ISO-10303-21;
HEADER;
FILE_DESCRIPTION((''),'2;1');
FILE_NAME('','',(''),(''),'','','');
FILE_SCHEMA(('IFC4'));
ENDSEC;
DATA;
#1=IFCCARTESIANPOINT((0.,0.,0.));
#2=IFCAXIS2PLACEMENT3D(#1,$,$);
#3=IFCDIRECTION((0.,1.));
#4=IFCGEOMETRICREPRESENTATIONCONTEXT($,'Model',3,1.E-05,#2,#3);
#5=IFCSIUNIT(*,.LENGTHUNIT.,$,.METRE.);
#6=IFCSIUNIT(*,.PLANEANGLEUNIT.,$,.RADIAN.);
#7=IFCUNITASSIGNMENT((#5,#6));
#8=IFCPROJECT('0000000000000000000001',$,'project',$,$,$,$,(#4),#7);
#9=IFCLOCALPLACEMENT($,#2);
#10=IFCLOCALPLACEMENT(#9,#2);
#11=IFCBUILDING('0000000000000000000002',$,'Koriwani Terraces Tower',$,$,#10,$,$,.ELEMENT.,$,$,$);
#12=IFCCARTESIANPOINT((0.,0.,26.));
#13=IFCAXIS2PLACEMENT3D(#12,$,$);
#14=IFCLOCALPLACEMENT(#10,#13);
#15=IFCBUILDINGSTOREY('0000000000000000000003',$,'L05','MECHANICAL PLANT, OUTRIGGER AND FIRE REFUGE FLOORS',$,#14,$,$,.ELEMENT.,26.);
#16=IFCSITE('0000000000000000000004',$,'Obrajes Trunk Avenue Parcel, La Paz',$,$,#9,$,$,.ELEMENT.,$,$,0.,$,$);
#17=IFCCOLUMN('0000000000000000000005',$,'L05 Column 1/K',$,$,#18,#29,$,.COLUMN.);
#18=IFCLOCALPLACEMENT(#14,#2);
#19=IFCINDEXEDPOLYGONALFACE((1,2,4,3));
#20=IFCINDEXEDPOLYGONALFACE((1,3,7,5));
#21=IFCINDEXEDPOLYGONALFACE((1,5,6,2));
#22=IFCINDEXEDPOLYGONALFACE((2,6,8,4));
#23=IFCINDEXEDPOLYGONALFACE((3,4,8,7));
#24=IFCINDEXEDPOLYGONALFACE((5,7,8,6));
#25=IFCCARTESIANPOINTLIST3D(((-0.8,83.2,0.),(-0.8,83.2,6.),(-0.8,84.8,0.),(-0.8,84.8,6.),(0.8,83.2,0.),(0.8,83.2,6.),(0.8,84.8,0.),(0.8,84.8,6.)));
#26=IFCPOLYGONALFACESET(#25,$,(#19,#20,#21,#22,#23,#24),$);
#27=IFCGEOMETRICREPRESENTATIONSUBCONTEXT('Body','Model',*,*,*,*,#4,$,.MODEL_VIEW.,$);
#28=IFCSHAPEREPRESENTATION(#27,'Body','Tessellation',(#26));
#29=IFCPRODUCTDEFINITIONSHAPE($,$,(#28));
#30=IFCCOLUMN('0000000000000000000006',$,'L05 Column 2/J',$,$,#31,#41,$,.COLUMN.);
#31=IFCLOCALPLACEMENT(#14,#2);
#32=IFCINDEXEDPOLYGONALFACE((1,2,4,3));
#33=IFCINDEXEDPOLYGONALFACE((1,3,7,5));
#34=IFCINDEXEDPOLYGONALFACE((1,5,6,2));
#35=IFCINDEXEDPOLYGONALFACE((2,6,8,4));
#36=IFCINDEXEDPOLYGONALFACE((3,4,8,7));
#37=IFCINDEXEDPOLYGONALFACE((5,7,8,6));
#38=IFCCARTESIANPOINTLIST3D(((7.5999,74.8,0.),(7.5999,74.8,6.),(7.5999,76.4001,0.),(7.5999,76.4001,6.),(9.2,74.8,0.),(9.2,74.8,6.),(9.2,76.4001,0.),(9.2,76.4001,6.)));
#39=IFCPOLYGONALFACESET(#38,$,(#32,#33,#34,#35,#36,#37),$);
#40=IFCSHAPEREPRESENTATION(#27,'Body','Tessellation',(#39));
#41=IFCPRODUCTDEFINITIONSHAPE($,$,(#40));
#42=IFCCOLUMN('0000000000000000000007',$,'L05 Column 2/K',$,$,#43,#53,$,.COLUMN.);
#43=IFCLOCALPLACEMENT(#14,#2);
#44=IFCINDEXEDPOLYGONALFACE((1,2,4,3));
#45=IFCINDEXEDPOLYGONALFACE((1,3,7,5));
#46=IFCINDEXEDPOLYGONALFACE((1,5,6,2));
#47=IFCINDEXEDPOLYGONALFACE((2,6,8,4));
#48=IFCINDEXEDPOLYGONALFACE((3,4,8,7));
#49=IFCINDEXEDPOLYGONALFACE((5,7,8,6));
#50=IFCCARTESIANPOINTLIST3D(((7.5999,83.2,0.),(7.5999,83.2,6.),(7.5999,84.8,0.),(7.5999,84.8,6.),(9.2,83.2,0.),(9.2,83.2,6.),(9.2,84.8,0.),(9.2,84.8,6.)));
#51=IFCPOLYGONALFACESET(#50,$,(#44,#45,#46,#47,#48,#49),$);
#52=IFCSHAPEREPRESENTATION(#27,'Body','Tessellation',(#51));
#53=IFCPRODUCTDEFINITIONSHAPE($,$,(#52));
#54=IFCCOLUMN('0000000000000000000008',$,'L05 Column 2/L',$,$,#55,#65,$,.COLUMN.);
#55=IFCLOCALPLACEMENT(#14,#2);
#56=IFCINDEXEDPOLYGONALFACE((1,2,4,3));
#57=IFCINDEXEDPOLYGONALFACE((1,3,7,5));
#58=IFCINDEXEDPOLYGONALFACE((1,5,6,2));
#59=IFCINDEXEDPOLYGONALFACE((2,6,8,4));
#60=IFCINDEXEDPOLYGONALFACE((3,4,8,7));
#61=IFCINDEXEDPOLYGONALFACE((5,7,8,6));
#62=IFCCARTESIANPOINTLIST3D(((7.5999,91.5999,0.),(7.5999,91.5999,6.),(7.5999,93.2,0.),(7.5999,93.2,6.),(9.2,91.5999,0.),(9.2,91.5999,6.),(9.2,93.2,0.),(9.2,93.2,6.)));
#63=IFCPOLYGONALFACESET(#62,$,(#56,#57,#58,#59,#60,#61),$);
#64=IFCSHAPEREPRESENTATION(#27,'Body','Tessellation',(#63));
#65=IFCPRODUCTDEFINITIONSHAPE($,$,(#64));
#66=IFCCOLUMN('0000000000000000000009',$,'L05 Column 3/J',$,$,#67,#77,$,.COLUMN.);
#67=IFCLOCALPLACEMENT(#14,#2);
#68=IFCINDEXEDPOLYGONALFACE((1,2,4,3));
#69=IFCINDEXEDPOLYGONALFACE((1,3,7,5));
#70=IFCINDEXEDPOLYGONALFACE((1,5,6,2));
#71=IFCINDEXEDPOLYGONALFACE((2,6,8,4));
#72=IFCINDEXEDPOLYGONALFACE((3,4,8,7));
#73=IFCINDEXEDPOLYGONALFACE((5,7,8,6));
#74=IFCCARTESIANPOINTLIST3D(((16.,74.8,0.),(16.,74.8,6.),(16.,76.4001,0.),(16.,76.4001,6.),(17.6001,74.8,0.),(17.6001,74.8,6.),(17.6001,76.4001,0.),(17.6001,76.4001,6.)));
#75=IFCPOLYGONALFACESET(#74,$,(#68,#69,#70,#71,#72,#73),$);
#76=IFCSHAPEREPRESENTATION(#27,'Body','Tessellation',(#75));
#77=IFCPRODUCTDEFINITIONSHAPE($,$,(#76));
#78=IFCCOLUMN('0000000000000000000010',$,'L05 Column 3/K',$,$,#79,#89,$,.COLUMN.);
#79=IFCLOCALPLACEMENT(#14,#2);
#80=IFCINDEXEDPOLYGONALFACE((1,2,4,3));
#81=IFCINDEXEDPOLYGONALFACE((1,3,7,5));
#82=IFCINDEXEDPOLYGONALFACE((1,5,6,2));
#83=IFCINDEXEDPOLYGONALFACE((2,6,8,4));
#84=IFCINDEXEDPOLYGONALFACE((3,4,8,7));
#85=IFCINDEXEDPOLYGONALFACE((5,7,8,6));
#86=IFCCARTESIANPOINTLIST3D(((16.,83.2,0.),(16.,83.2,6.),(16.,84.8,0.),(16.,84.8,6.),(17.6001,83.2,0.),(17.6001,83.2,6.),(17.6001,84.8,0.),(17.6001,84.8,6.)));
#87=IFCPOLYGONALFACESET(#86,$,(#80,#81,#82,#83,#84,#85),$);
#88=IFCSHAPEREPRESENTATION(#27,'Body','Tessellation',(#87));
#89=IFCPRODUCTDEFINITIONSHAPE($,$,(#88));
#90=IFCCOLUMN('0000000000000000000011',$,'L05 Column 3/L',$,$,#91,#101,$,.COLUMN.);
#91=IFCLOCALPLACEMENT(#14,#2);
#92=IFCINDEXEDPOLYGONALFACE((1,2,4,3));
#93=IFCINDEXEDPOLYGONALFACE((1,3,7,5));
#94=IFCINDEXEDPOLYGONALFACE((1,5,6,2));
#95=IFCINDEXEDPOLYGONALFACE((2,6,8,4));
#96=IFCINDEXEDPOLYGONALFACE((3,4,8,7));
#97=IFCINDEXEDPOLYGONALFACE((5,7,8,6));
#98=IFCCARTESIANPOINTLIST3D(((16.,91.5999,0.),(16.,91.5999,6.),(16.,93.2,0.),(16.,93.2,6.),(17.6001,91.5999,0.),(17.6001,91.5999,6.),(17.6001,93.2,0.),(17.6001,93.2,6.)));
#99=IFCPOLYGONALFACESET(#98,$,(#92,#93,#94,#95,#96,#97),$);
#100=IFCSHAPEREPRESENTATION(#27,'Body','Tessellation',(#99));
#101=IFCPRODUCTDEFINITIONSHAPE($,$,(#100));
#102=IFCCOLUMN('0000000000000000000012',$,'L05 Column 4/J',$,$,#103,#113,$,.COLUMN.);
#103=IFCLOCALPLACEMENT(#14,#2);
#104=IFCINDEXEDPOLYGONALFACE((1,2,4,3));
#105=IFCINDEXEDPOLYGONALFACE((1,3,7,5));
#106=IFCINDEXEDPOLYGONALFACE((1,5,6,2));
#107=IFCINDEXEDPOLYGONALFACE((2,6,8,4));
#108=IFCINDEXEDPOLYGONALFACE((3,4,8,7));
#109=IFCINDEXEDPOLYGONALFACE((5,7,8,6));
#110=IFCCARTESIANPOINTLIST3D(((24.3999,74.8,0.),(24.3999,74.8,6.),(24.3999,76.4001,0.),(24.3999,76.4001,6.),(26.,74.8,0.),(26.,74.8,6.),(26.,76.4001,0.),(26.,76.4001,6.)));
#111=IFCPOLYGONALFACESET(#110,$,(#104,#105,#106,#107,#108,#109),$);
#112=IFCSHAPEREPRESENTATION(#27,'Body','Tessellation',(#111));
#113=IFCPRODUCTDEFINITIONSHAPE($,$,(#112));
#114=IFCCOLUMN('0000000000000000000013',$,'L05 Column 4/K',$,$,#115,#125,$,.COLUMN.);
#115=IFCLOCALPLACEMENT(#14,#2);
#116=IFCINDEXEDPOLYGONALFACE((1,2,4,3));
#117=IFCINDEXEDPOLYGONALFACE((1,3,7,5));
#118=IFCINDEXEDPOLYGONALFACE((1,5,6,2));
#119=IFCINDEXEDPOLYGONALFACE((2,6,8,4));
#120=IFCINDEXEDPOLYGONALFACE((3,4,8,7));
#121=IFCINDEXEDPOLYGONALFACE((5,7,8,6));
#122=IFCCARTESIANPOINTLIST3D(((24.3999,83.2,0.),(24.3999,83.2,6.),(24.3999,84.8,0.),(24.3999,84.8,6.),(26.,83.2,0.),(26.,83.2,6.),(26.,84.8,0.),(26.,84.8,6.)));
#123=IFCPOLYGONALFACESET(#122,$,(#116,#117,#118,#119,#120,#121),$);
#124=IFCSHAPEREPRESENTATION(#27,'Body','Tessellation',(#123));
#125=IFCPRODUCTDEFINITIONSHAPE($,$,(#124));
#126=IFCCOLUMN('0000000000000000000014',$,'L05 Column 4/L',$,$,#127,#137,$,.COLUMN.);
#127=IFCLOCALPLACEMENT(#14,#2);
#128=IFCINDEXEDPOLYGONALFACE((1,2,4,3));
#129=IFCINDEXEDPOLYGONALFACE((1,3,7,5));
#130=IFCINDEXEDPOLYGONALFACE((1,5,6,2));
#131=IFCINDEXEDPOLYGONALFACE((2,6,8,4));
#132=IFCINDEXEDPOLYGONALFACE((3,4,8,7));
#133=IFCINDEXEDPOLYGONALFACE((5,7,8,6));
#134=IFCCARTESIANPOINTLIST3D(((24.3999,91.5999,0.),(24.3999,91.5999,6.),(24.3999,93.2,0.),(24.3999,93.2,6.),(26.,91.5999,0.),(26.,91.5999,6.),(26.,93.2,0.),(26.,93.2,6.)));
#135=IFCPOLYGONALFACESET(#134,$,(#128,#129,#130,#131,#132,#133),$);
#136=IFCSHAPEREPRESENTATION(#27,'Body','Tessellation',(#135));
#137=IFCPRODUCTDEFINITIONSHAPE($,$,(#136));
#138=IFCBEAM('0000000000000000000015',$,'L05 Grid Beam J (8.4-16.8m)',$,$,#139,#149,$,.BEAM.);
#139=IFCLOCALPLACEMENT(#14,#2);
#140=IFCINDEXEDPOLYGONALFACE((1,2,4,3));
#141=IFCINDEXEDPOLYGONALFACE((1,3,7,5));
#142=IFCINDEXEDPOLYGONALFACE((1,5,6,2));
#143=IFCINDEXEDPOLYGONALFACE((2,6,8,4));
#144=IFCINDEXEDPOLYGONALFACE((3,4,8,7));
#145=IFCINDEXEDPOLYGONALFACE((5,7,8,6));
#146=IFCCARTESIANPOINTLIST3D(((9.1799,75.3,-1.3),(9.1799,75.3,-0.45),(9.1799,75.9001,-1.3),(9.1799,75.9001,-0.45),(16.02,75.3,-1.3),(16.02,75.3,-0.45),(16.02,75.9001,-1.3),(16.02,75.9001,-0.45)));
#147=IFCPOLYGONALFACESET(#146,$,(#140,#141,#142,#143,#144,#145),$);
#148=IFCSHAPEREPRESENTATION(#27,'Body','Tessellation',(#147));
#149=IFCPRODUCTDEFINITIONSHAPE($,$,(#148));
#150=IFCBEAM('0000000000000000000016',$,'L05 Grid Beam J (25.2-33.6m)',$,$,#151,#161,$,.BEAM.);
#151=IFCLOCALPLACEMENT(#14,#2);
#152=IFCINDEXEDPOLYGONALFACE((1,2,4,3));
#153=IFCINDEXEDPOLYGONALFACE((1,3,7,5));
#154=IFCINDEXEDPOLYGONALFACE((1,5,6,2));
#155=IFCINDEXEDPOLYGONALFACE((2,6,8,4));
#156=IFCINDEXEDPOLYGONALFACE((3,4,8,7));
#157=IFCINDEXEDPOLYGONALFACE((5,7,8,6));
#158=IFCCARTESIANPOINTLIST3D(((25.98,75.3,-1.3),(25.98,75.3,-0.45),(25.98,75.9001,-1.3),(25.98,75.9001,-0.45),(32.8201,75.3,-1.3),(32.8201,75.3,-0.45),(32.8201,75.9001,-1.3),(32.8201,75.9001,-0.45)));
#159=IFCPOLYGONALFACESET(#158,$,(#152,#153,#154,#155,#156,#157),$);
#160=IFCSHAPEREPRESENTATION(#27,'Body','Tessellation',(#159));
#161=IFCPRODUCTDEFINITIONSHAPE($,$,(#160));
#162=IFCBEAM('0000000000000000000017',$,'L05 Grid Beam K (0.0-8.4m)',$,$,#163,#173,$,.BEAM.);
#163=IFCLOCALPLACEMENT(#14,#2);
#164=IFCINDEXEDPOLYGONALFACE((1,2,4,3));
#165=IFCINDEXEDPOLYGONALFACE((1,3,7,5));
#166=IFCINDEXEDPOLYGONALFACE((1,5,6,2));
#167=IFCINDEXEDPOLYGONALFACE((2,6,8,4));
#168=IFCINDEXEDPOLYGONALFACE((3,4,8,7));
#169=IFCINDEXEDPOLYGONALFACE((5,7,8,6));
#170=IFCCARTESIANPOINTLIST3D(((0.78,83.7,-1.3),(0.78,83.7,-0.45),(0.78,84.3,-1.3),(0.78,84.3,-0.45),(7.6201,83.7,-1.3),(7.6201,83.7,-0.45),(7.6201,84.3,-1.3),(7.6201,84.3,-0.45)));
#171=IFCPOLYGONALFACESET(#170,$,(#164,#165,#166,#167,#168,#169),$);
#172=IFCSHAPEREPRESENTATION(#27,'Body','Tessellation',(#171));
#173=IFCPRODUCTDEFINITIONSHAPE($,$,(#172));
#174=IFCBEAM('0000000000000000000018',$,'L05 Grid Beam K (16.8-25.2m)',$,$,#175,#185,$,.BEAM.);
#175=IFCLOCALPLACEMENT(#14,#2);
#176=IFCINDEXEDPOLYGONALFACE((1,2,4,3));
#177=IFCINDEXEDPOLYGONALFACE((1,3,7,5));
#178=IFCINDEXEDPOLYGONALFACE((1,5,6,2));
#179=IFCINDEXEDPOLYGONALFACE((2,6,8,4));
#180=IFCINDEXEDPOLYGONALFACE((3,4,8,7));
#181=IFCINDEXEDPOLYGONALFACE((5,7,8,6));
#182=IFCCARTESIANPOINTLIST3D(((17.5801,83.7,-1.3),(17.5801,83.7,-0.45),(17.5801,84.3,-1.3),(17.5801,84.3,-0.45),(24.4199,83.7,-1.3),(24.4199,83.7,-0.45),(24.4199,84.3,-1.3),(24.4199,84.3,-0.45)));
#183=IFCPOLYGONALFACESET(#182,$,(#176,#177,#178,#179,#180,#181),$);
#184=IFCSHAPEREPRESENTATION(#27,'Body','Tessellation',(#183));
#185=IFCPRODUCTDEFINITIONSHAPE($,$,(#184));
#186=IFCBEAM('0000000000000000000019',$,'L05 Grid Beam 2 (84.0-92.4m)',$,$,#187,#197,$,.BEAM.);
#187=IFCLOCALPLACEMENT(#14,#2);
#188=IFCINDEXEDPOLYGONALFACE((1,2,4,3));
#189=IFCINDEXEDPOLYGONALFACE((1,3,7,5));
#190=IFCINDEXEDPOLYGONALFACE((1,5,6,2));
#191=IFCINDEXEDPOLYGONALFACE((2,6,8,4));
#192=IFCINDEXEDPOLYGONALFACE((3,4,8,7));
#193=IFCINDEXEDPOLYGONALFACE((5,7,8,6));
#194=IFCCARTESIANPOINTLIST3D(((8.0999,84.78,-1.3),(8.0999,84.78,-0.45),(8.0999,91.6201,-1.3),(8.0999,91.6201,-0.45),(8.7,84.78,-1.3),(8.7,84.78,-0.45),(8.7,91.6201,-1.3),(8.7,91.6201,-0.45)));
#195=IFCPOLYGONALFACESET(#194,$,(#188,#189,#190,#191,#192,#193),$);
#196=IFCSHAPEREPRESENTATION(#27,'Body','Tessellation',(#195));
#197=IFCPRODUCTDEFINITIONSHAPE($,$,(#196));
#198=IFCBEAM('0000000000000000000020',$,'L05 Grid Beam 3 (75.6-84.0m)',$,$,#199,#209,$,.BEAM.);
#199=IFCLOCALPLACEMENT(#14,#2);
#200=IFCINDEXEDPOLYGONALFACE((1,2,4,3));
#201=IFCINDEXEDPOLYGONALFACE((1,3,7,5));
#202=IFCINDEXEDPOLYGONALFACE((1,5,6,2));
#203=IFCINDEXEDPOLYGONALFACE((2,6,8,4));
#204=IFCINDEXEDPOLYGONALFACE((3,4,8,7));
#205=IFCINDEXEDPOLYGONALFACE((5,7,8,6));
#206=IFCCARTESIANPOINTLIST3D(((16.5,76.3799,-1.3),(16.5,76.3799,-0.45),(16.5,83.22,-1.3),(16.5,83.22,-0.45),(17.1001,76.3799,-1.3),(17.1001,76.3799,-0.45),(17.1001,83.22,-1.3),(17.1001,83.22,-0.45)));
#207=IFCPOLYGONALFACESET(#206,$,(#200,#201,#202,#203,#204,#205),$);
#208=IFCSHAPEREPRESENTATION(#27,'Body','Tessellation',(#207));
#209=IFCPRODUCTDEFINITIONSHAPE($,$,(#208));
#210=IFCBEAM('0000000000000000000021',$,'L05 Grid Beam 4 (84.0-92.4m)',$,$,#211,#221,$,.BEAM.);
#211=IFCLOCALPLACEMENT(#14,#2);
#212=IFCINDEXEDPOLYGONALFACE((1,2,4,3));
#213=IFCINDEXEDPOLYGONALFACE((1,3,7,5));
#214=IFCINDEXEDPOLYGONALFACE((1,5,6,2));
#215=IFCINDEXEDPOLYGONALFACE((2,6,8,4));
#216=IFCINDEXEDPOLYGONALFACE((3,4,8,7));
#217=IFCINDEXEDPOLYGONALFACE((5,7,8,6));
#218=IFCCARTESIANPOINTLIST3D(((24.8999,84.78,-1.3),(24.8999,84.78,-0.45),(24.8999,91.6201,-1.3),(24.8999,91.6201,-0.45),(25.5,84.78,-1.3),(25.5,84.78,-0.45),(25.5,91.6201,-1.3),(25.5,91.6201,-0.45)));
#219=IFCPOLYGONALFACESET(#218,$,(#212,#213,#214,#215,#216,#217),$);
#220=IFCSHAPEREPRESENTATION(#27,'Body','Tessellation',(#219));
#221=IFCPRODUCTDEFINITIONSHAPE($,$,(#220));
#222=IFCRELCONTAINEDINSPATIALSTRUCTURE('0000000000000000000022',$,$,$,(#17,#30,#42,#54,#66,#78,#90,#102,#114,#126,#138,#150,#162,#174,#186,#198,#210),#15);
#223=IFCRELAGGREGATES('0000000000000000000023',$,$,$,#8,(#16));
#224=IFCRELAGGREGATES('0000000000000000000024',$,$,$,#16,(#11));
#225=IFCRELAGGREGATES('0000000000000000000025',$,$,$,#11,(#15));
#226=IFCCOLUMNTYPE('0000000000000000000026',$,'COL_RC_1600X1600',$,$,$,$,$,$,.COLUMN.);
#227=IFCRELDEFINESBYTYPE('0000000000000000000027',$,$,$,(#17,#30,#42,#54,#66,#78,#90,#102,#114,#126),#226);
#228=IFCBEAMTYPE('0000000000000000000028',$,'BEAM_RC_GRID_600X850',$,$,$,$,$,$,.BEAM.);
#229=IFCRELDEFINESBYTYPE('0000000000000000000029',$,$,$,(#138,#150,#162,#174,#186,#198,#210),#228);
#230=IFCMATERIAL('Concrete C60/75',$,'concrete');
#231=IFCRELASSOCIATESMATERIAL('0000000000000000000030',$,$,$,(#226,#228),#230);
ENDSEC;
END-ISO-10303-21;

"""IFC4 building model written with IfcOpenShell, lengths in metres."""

from ifc_helpers import new_model, si_unit, direction, frame, origin, origin_2d, place, context, subcontext, project, spatial, rectangle, extrude, material, material_profile, profile_set, type_object, element, save


model = new_model("IFC4")

# Units and contexts
model_context = context("Model", 3, precision=1e-05, world=origin(), true_north=direction((0.0, 1.0)))
body_context = subcontext(model_context, "Body", "Model", "MODEL_VIEW")
ifc_project = project(units=[si_unit("LENGTHUNIT", "METRE"), si_unit("PLANEANGLEUNIT", "RADIAN")], contexts=[model_context])

# Site, building, storey
site_placement = place(None, origin())
site = spatial("IfcSite", under=ifc_project, at=site_placement, Name="Obrajes Trunk Avenue Parcel, La Paz", CompositionType="ELEMENT", RefElevation=0.0)
building_placement = place(site_placement, origin())
building = spatial("IfcBuilding", under=site, at=building_placement, Name="Koriwani Terraces Tower", CompositionType="ELEMENT")
storey_placement = place(building_placement, frame((0.0, 0.0, 26.0)))
storey = spatial("IfcBuildingStorey", under=building, at=storey_placement, Name="L05", Description="MECHANICAL PLANT, OUTRIGGER AND FIRE REFUGE FLOORS", CompositionType="ELEMENT", Elevation=26.0)

# Columns
ifc_material_1 = material(Name="Concrete C60/75", Category="concrete")
ifc_material_profile_1 = material_profile(ifc_material_1, rectangle(XDim=1.6001, YDim=1.6001, at=origin_2d()), Name="Concrete C60/75", Category="LoadBearing")
ifc_profile_set_1 = profile_set([ifc_material_profile_1], Name="Concrete C60/75")
column_type = type_object("IfcColumnType", Name="COL_RC_1600X1600", PredefinedType="COLUMN", material=ifc_profile_set_1)
for number, where, z_axis, x_axis, name in (
    (1, (0.0, 84.0, 0.0), (0.0, 0.0, 1.0), (1.0, 0.0, 0.0), "L05 Column 1/K"),
    (2, (8.3999, 75.6001, 0.0), (0.0, 0.0, 1.0), (1.0, 0.0, 0.0), "L05 Column 2/J"),
    (3, (8.3999, 84.0, 0.0), (0.0, 0.0, 1.0), (1.0, 0.0, 0.0), "L05 Column 2/K"),
    (4, (8.3999, 92.3999, 0.0), (0.0, 0.0, 1.0), (1.0, 0.0, 0.0), "L05 Column 2/L"),
    (5, (16.8, 75.6001, 0.0), (0.0, 0.0, 1.0), (1.0, 0.0, 0.0), "L05 Column 3/J"),
    (6, (16.8, 84.0, 0.0), (0.0, 0.0, 1.0), (1.0, 0.0, 0.0), "L05 Column 3/K"),
    (7, (16.8, 92.3999, 0.0), (0.0, 0.0, 1.0), (1.0, 0.0, 0.0), "L05 Column 3/L"),
    (8, (25.2, 75.6001, 0.0), (0.0, 0.0, 1.0), (1.0, 0.0, 0.0), "L05 Column 4/J"),
    (9, (25.2, 84.0, 0.0), (0.0, 0.0, 1.0), (1.0, 0.0, 0.0), "L05 Column 4/K"),
    (10, (25.2, 92.3999, 0.0), (0.0, 0.0, 1.0), (1.0, 0.0, 0.0), "L05 Column 4/L"),
):
    element("IfcColumn", number, at=place(storey_placement, frame(where, z_axis=z_axis, x_axis=x_axis)), inside=storey, type_object=column_type, Name=name, PredefinedType="COLUMN", context=body_context, shape_type="SweptSolid", body=[
        extrude(rectangle(XDim=1.6001, YDim=1.6001, at=origin_2d()), origin(), (0.0, 0.0, 1.0), 6.0),
    ])

# Beams
ifc_material_profile_2 = material_profile(ifc_material_1, rectangle(XDim=0.6001, YDim=0.8501, at=origin_2d()), Name="Concrete C60/75", Category="LoadBearing")
ifc_profile_set_2 = profile_set([ifc_material_profile_2], Name="Concrete C60/75")
beam_type_1 = type_object("IfcBeamType", Name="BEAM_RC_GRID_600X850", PredefinedType="BEAM", material=ifc_profile_set_2)
for number, where, z_axis, x_axis, name in (
    (11, (9.1799, 75.6001, -0.875), (1.0, 0.0, 0.0), (0.0, 1.0, 0.0), "L05 Grid Beam J (8.4-16.8m)"),
    (12, (25.98, 75.6001, -0.875), (1.0, 0.0, 0.0), (0.0, 1.0, 0.0), "L05 Grid Beam J (25.2-33.6m)"),
    (13, (0.78, 84.0, -0.875), (1.0, 0.0, 0.0), (0.0, 1.0, 0.0), "L05 Grid Beam K (0.0-8.4m)"),
):
    element("IfcBeam", number, at=place(storey_placement, frame(where, z_axis=z_axis, x_axis=x_axis)), inside=storey, type_object=beam_type_1, Name=name, PredefinedType="BEAM", context=body_context, shape_type="SweptSolid", body=[
        extrude(rectangle(XDim=0.6001, YDim=0.8501, at=origin_2d()), origin(), (0.0, 0.0, 1.0), 6.8401),
    ])
beam_1_placement = place(storey_placement, frame((17.5801, 84.0, -0.875), z_axis=(1.0, 0.0, 0.0), x_axis=(0.0, 1.0, 0.0)))
element("IfcBeam", 14, at=beam_1_placement, inside=storey, type_object=beam_type_1, Name="L05 Grid Beam K (16.8-25.2m)", PredefinedType="BEAM", context=body_context, shape_type="SweptSolid", body=[
    extrude(rectangle(XDim=0.6001, YDim=0.8501, at=origin_2d()), origin(), (0.0, 0.0, 1.0), 6.8398),
])
for number, where, z_axis, x_axis, name in (
    (15, (8.3999, 84.78, -0.875), (0.0, 1.0, 0.0), (-1.0, 0.0, 0.0), "L05 Grid Beam 2 (84.0-92.4m)"),
    (16, (16.8, 76.3799, -0.875), (0.0, 1.0, 0.0), (-1.0, 0.0, 0.0), "L05 Grid Beam 3 (75.6-84.0m)"),
    (17, (25.2, 84.78, -0.875), (0.0, 1.0, 0.0), (-1.0, 0.0, 0.0), "L05 Grid Beam 4 (84.0-92.4m)"),
):
    element("IfcBeam", number, at=place(storey_placement, frame(where, z_axis=z_axis, x_axis=x_axis)), inside=storey, type_object=beam_type_1, Name=name, PredefinedType="BEAM", context=body_context, shape_type="SweptSolid", body=[
        extrude(rectangle(XDim=0.6001, YDim=0.8501, at=origin_2d()), origin(), (0.0, 0.0, 1.0), 6.8401),
    ])

save(model, "model.ifc")
